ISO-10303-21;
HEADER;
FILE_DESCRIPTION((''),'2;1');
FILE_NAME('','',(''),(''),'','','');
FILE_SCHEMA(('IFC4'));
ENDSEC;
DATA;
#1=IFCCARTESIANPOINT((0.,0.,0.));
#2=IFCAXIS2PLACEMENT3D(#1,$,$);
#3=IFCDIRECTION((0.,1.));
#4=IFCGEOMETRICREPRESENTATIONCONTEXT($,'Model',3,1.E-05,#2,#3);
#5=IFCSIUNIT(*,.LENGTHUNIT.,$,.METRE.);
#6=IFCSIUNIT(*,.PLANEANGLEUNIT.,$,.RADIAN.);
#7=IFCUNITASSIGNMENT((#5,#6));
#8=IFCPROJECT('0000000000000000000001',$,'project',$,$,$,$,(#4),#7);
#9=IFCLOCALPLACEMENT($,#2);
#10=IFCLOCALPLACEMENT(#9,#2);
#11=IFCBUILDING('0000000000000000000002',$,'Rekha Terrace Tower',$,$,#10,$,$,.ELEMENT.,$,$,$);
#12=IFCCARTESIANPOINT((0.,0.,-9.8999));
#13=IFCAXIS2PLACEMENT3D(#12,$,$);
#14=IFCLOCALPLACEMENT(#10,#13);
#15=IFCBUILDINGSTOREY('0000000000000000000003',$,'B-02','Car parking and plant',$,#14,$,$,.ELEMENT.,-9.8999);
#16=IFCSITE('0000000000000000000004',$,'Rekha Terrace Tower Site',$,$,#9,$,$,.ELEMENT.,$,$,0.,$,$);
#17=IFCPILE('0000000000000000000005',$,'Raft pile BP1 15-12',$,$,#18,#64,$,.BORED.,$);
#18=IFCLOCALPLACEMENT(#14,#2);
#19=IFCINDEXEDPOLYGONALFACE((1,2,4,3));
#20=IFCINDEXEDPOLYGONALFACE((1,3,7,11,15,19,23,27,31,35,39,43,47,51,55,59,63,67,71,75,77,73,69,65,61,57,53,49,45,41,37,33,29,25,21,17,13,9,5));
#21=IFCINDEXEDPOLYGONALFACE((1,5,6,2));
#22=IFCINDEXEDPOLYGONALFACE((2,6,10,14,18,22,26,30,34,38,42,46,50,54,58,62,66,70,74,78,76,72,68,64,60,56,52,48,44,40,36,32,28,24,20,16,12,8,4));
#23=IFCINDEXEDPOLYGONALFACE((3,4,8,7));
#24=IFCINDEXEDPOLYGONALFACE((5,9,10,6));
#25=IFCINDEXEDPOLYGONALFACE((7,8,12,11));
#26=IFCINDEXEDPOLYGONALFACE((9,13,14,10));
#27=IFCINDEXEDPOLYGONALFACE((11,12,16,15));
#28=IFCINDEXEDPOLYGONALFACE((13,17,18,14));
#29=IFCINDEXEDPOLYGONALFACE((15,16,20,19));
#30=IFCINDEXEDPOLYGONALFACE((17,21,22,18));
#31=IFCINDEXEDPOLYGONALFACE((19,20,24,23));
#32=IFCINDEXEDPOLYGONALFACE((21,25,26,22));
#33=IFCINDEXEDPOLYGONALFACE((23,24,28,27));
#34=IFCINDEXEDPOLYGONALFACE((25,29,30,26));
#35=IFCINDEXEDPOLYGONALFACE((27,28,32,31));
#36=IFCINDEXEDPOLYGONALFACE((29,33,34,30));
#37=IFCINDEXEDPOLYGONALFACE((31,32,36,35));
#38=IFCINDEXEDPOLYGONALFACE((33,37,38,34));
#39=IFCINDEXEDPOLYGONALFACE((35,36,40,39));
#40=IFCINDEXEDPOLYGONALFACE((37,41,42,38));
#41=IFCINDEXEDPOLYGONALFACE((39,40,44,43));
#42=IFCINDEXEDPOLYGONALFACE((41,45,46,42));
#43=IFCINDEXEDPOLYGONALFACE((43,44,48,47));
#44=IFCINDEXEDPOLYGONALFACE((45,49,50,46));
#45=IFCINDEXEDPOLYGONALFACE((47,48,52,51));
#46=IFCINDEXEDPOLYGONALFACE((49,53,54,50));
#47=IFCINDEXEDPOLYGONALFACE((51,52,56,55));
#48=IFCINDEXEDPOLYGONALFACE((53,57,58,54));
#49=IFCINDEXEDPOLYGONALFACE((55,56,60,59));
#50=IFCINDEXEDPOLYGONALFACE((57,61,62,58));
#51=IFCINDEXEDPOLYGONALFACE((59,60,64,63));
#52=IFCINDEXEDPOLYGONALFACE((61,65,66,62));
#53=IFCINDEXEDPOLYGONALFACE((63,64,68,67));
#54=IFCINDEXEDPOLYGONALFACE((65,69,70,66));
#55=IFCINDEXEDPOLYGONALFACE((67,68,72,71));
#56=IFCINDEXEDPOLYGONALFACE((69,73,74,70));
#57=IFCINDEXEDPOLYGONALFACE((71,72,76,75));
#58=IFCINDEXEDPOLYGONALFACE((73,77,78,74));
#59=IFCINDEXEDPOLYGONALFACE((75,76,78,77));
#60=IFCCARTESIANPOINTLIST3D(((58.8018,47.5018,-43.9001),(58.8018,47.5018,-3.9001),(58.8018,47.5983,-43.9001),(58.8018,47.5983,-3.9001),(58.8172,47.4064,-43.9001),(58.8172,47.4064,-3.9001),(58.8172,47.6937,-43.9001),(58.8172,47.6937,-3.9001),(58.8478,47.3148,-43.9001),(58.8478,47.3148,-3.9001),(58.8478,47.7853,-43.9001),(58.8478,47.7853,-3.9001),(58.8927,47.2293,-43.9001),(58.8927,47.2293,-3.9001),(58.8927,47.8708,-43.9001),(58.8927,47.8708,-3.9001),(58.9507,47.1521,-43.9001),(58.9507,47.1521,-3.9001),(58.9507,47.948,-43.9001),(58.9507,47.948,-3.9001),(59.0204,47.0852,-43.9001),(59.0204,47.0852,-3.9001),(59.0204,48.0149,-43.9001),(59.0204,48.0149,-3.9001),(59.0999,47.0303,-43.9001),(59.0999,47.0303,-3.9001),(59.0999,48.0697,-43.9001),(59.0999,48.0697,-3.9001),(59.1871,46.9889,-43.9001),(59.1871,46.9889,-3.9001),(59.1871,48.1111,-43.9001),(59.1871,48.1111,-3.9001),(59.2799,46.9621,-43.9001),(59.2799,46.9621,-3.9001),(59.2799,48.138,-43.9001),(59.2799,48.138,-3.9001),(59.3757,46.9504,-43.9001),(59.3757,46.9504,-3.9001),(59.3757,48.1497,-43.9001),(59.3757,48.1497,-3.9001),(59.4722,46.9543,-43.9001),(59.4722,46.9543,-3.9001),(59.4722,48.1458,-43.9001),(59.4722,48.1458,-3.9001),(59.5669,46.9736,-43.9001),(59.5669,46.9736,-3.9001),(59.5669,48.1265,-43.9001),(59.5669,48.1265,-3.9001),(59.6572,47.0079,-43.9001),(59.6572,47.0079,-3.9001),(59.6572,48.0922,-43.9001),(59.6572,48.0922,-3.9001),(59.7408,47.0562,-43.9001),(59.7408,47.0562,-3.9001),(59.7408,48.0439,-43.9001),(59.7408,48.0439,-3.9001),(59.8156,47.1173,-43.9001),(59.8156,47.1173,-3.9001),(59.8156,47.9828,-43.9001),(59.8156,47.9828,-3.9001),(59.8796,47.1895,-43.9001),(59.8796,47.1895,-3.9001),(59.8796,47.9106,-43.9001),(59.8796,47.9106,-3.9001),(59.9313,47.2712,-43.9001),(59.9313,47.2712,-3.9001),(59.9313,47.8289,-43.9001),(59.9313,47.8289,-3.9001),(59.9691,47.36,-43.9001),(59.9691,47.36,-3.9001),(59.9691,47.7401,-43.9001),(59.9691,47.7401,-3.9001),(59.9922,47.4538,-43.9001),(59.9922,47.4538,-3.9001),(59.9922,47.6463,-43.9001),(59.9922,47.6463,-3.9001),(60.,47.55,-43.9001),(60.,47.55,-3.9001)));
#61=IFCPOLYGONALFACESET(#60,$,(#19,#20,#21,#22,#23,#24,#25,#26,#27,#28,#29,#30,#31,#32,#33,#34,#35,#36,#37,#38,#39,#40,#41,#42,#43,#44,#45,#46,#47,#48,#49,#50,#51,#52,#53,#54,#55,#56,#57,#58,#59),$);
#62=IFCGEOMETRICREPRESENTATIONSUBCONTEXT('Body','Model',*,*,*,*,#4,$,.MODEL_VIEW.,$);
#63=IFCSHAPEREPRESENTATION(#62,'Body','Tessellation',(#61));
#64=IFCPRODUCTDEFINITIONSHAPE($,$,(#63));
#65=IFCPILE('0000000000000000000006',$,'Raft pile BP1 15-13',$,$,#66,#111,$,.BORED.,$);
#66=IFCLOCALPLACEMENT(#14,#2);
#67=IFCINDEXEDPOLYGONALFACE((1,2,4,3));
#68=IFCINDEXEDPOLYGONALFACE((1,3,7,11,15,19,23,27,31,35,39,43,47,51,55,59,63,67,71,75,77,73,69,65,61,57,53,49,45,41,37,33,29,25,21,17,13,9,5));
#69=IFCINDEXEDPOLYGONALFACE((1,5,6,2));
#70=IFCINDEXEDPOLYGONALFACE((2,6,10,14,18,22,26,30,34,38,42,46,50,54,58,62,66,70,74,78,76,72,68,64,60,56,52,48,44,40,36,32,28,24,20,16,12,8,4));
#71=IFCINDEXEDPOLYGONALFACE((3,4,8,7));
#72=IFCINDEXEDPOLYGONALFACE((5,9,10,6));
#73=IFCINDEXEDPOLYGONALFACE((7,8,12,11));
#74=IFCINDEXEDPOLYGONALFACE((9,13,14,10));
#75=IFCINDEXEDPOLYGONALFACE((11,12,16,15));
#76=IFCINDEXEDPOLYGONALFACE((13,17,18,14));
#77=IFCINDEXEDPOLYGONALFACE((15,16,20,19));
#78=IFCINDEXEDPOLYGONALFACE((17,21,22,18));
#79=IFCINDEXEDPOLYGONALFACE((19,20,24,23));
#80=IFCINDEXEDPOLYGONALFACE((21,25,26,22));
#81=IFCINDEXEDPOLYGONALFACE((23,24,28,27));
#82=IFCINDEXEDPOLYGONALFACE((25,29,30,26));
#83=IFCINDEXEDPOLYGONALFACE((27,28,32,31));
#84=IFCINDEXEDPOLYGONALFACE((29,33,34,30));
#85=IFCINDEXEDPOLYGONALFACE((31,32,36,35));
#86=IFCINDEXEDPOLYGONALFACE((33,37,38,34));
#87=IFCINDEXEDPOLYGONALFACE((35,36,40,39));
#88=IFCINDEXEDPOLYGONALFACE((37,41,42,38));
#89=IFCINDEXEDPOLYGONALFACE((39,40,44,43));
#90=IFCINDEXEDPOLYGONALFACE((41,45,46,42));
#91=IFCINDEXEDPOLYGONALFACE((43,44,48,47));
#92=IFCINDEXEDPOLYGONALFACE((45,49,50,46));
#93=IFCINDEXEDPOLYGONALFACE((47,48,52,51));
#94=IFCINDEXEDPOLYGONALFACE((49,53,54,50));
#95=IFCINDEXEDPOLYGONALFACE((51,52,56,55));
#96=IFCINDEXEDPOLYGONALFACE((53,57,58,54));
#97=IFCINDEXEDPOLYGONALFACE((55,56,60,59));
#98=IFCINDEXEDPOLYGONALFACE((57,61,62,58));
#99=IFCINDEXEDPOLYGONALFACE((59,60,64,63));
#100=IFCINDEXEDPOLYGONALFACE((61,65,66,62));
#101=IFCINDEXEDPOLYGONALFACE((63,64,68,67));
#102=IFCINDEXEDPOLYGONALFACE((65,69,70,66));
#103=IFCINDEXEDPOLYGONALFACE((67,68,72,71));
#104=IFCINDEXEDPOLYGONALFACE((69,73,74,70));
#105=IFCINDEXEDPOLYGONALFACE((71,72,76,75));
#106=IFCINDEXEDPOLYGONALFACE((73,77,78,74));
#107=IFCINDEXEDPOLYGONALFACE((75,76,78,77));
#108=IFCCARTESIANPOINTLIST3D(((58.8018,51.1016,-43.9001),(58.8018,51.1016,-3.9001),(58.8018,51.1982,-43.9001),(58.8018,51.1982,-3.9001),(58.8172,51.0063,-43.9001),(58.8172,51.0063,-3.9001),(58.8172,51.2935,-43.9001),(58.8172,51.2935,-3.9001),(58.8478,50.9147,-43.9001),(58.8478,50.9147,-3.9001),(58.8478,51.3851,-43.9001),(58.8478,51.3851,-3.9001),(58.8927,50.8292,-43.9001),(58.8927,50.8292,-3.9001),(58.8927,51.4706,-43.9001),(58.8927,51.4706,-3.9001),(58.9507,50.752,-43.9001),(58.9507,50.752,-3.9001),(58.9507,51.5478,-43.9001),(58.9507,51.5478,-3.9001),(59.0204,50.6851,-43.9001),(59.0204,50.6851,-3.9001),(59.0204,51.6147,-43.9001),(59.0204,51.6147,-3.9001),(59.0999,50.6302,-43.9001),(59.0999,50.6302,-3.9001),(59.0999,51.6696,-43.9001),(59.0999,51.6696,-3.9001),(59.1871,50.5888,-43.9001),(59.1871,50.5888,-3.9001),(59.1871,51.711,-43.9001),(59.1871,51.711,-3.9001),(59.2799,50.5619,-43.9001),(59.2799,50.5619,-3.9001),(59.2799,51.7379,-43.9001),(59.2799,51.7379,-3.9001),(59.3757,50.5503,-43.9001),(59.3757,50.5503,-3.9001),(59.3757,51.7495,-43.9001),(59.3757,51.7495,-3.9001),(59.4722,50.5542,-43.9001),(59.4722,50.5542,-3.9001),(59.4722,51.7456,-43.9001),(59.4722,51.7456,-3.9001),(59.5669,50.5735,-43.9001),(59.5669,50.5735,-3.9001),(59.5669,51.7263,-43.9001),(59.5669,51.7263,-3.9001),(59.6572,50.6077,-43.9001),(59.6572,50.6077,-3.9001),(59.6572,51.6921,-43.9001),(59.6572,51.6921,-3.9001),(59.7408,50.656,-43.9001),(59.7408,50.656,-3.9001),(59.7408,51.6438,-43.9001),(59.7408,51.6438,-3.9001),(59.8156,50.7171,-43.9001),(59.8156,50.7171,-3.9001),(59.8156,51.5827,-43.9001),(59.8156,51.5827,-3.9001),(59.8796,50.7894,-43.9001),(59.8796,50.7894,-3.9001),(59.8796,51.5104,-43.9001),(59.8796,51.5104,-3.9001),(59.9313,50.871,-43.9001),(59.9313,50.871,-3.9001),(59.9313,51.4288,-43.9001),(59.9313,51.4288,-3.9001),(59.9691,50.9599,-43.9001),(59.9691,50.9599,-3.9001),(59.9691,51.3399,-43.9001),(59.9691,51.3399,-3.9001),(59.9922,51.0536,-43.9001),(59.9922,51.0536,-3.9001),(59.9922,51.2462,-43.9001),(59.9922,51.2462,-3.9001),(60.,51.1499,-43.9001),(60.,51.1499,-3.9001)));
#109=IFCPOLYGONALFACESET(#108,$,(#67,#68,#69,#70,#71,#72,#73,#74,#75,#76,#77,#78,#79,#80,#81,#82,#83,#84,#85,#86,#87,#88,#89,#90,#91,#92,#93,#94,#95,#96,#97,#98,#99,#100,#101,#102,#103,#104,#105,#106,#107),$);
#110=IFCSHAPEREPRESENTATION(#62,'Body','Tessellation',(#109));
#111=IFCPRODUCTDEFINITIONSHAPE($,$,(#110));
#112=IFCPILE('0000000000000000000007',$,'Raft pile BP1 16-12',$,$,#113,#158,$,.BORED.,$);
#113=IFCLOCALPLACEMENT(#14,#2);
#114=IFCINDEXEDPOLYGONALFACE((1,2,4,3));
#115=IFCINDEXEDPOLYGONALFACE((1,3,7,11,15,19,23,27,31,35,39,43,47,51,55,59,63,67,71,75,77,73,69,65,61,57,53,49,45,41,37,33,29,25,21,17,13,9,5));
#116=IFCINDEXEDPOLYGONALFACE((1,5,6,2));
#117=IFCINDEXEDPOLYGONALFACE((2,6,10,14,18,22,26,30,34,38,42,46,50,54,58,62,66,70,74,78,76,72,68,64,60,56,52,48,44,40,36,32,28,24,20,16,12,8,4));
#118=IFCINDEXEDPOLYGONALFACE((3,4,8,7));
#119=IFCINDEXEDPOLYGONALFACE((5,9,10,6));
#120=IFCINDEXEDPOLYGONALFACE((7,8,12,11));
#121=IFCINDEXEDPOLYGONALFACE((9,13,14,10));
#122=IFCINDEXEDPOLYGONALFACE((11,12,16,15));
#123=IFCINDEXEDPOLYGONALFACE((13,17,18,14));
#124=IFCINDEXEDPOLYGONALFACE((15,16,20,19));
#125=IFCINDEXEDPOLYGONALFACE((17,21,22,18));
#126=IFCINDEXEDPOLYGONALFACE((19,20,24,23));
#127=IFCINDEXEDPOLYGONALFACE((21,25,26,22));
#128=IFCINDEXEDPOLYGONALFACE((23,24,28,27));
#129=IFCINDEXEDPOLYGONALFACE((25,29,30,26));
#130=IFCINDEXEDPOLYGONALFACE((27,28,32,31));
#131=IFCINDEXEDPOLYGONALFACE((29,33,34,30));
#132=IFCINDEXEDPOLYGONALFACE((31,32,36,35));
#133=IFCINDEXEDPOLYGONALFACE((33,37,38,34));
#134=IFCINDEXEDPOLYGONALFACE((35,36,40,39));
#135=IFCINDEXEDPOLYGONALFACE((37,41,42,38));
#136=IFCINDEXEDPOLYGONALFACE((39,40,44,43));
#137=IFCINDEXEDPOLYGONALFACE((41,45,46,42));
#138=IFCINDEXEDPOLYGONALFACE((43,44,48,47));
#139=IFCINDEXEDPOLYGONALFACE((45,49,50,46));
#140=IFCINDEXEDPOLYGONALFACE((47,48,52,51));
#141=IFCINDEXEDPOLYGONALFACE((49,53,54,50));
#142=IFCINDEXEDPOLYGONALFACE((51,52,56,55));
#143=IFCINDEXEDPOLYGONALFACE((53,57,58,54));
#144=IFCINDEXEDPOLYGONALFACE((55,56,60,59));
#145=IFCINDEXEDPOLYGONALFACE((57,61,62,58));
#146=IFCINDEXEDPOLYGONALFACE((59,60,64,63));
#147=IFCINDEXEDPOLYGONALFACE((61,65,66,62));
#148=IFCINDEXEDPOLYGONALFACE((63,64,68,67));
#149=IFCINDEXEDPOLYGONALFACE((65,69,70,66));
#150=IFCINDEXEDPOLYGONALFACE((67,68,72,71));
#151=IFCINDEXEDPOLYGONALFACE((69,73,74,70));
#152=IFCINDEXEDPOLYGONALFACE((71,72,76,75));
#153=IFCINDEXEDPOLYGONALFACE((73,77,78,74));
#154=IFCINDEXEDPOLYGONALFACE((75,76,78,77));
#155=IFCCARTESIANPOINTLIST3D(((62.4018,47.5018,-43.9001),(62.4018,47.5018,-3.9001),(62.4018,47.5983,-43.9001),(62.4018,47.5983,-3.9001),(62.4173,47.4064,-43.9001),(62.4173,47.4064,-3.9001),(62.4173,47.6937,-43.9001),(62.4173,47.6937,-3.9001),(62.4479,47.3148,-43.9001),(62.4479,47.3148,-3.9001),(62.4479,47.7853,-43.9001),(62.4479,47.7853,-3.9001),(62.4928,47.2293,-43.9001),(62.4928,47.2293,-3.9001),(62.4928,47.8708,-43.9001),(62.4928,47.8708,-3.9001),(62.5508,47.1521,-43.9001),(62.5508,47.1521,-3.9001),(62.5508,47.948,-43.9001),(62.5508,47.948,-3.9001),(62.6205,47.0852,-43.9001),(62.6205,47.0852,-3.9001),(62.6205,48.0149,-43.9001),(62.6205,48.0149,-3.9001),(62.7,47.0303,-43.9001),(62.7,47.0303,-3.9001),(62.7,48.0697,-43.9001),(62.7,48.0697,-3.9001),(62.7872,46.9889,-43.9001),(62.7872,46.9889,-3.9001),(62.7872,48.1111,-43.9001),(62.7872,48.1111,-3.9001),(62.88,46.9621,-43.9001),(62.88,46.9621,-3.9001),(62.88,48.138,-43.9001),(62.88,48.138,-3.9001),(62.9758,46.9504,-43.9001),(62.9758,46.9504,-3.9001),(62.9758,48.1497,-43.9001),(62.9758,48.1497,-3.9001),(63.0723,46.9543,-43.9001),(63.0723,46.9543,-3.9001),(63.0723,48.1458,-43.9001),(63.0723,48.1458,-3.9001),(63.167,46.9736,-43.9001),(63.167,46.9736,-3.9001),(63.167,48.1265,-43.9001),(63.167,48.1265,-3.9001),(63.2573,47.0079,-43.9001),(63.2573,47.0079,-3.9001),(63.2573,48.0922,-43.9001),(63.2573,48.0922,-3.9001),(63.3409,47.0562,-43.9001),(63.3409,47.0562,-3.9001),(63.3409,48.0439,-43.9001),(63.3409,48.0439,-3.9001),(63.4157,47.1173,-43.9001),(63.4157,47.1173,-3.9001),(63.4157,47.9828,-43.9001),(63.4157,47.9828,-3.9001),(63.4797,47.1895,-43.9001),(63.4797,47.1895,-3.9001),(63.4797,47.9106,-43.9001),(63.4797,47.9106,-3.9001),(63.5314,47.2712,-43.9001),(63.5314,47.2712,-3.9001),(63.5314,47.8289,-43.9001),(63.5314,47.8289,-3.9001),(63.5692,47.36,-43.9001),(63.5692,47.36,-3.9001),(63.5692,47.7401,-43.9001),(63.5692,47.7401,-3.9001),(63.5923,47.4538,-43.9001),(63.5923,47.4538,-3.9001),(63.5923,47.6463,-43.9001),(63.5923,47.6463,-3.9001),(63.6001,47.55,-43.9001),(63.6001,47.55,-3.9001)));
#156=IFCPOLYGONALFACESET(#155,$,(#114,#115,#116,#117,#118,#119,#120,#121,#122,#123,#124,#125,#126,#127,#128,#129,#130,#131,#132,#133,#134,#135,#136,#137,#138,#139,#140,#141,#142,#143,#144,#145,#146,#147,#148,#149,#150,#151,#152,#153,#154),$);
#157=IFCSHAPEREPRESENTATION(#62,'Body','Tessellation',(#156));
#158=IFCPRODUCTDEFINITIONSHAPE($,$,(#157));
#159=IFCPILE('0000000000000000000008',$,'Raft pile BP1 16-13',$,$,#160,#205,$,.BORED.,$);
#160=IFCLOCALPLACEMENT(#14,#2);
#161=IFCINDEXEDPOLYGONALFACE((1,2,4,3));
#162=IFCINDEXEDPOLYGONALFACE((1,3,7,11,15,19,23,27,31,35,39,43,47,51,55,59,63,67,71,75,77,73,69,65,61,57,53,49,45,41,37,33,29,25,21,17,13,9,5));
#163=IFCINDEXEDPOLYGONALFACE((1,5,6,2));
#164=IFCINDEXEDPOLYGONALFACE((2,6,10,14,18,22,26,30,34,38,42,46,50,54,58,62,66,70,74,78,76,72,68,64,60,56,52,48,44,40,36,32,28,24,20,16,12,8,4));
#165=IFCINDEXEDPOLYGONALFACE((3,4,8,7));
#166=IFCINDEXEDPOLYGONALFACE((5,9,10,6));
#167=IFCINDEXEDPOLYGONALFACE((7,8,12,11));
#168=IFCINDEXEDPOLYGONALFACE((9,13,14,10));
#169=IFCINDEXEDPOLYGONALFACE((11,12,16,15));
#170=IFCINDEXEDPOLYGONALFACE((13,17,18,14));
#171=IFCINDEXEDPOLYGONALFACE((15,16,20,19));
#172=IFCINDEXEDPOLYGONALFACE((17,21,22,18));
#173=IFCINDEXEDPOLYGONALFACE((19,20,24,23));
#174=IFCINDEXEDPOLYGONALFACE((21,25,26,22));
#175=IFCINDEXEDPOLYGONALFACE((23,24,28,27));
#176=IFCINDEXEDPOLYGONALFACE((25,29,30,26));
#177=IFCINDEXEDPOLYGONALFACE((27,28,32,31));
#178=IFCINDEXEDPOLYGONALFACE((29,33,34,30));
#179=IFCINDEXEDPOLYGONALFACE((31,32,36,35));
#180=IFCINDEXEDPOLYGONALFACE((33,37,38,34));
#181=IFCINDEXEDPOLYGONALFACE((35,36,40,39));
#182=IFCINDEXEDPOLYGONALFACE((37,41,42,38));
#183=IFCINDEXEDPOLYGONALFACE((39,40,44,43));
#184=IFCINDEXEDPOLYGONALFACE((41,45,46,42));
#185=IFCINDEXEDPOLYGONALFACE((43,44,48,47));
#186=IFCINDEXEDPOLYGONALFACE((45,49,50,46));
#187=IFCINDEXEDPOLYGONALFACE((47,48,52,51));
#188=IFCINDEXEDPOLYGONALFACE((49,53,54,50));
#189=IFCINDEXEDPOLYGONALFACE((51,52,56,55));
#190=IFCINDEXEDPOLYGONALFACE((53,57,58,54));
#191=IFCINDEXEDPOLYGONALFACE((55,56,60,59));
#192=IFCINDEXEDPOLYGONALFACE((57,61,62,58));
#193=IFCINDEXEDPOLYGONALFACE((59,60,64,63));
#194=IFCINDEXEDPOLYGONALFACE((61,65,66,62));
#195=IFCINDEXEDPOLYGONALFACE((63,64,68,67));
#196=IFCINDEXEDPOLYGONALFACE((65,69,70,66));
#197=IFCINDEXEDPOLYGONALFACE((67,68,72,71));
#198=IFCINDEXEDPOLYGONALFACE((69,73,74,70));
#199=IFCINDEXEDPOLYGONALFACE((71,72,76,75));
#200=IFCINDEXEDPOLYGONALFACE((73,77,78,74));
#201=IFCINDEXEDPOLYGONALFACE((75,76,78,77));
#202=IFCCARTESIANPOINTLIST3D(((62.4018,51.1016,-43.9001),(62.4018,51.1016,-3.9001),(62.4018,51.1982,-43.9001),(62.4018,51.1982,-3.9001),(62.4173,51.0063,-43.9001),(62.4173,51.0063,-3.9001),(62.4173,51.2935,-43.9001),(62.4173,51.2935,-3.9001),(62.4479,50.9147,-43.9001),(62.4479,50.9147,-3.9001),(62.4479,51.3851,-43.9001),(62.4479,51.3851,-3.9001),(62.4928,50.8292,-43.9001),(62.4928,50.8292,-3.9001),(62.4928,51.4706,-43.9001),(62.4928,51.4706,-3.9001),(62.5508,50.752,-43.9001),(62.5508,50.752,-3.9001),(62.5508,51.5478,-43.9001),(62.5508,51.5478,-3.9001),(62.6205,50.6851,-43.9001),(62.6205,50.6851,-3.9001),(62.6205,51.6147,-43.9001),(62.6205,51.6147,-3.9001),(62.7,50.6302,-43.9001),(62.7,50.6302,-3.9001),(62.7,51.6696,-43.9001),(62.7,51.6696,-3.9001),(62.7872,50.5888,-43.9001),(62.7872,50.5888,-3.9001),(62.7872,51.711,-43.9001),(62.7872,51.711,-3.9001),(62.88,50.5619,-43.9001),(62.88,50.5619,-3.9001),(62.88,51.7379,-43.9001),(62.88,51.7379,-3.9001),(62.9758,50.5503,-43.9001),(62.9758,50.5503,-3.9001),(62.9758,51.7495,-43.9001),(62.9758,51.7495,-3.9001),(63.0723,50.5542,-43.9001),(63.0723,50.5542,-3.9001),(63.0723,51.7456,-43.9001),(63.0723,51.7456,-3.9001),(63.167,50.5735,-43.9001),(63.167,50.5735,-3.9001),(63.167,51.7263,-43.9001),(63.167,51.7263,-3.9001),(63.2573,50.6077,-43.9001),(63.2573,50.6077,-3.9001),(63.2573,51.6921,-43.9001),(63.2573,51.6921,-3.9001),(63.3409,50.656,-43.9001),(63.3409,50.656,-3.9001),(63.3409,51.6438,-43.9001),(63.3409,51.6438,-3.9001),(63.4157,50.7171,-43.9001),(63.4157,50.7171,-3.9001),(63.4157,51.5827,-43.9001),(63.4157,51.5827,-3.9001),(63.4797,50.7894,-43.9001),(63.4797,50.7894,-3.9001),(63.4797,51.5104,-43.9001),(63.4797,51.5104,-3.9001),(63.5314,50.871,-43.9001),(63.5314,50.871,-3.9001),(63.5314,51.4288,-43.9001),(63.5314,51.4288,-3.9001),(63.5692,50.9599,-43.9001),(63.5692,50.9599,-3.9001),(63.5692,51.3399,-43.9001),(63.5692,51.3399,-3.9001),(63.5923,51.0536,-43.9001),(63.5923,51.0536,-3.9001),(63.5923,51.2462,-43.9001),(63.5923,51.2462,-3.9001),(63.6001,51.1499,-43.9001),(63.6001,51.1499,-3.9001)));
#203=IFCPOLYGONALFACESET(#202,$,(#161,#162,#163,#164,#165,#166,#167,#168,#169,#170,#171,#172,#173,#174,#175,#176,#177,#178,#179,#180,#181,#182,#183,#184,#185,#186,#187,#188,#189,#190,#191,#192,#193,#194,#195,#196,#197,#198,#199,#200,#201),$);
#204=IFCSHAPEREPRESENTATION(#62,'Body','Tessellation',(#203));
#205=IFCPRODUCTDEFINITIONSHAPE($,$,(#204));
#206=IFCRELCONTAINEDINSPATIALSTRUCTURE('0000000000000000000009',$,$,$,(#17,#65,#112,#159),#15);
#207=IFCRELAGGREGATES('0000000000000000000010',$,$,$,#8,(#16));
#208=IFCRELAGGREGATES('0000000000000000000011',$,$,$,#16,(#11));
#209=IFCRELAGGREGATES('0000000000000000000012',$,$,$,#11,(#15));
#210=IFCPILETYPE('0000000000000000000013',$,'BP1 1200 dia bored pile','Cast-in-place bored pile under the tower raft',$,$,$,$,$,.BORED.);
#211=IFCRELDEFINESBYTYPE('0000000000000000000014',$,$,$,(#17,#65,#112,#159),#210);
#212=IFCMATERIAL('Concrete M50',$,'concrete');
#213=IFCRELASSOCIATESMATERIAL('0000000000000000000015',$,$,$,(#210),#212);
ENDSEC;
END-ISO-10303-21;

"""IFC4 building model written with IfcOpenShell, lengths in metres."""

from ifc_helpers import new_model, si_unit, direction, frame, origin, origin_2d, place, context, subcontext, project, spatial, circle, extrude, material, type_object, element, save


model = new_model("IFC4")

# Units and contexts
model_context = context("Model", 3, precision=1e-05, world=origin(), true_north=direction((0.0, 1.0)))
body_context = subcontext(model_context, "Body", "Model", "MODEL_VIEW")
ifc_project = project(units=[si_unit("LENGTHUNIT", "METRE"), si_unit("PLANEANGLEUNIT", "RADIAN")], contexts=[model_context])

# Site, building, storey
site_placement = place(None, origin())
site = spatial("IfcSite", under=ifc_project, at=site_placement, Name="Rekha Terrace Tower Site", CompositionType="ELEMENT", RefElevation=0.0)
building_placement = place(site_placement, origin())
building = spatial("IfcBuilding", under=site, at=building_placement, Name="Rekha Terrace Tower", CompositionType="ELEMENT")
storey_placement = place(building_placement, frame((0.0, 0.0, -9.8999)))
storey = spatial("IfcBuildingStorey", under=building, at=storey_placement, Name="B-02", Description="Car parking and plant", CompositionType="ELEMENT", Elevation=-9.8999)

# Piles
ifc_material_1 = material(Name="Concrete M50", Category="concrete")
pile_type_1 = type_object("IfcPileType", Name="BP1 1200 dia bored pile", Description="Cast-in-place bored pile under the tower raft", PredefinedType="BORED", material=ifc_material_1)
for number, where, z_axis, x_axis, name in (
    (1, (59.3999, 47.55, -3.9001), (0.0, 0.0, -1.0), (1.0, 0.0, 0.0), "Raft pile BP1 15-12"),
    (2, (59.3999, 51.1499, -3.9001), (0.0, 0.0, -1.0), (1.0, 0.0, 0.0), "Raft pile BP1 15-13"),
    (3, (63.0, 47.55, -3.9001), (0.0, 0.0, -1.0), (1.0, 0.0, 0.0), "Raft pile BP1 16-12"),
    (4, (63.0, 51.1499, -3.9001), (0.0, 0.0, -1.0), (1.0, 0.0, 0.0), "Raft pile BP1 16-13"),
):
    element("IfcPile", number, at=place(storey_placement, frame(where, z_axis=z_axis, x_axis=x_axis)), inside=storey, type_object=pile_type_1, Name=name, PredefinedType="BORED", context=body_context, shape_type="SweptSolid", body=[
        extrude(circle(Radius=0.6001, at=origin_2d()), origin(), (0.0, 0.0, 1.0), 40.0),
    ])

save(model, "model.ifc")
